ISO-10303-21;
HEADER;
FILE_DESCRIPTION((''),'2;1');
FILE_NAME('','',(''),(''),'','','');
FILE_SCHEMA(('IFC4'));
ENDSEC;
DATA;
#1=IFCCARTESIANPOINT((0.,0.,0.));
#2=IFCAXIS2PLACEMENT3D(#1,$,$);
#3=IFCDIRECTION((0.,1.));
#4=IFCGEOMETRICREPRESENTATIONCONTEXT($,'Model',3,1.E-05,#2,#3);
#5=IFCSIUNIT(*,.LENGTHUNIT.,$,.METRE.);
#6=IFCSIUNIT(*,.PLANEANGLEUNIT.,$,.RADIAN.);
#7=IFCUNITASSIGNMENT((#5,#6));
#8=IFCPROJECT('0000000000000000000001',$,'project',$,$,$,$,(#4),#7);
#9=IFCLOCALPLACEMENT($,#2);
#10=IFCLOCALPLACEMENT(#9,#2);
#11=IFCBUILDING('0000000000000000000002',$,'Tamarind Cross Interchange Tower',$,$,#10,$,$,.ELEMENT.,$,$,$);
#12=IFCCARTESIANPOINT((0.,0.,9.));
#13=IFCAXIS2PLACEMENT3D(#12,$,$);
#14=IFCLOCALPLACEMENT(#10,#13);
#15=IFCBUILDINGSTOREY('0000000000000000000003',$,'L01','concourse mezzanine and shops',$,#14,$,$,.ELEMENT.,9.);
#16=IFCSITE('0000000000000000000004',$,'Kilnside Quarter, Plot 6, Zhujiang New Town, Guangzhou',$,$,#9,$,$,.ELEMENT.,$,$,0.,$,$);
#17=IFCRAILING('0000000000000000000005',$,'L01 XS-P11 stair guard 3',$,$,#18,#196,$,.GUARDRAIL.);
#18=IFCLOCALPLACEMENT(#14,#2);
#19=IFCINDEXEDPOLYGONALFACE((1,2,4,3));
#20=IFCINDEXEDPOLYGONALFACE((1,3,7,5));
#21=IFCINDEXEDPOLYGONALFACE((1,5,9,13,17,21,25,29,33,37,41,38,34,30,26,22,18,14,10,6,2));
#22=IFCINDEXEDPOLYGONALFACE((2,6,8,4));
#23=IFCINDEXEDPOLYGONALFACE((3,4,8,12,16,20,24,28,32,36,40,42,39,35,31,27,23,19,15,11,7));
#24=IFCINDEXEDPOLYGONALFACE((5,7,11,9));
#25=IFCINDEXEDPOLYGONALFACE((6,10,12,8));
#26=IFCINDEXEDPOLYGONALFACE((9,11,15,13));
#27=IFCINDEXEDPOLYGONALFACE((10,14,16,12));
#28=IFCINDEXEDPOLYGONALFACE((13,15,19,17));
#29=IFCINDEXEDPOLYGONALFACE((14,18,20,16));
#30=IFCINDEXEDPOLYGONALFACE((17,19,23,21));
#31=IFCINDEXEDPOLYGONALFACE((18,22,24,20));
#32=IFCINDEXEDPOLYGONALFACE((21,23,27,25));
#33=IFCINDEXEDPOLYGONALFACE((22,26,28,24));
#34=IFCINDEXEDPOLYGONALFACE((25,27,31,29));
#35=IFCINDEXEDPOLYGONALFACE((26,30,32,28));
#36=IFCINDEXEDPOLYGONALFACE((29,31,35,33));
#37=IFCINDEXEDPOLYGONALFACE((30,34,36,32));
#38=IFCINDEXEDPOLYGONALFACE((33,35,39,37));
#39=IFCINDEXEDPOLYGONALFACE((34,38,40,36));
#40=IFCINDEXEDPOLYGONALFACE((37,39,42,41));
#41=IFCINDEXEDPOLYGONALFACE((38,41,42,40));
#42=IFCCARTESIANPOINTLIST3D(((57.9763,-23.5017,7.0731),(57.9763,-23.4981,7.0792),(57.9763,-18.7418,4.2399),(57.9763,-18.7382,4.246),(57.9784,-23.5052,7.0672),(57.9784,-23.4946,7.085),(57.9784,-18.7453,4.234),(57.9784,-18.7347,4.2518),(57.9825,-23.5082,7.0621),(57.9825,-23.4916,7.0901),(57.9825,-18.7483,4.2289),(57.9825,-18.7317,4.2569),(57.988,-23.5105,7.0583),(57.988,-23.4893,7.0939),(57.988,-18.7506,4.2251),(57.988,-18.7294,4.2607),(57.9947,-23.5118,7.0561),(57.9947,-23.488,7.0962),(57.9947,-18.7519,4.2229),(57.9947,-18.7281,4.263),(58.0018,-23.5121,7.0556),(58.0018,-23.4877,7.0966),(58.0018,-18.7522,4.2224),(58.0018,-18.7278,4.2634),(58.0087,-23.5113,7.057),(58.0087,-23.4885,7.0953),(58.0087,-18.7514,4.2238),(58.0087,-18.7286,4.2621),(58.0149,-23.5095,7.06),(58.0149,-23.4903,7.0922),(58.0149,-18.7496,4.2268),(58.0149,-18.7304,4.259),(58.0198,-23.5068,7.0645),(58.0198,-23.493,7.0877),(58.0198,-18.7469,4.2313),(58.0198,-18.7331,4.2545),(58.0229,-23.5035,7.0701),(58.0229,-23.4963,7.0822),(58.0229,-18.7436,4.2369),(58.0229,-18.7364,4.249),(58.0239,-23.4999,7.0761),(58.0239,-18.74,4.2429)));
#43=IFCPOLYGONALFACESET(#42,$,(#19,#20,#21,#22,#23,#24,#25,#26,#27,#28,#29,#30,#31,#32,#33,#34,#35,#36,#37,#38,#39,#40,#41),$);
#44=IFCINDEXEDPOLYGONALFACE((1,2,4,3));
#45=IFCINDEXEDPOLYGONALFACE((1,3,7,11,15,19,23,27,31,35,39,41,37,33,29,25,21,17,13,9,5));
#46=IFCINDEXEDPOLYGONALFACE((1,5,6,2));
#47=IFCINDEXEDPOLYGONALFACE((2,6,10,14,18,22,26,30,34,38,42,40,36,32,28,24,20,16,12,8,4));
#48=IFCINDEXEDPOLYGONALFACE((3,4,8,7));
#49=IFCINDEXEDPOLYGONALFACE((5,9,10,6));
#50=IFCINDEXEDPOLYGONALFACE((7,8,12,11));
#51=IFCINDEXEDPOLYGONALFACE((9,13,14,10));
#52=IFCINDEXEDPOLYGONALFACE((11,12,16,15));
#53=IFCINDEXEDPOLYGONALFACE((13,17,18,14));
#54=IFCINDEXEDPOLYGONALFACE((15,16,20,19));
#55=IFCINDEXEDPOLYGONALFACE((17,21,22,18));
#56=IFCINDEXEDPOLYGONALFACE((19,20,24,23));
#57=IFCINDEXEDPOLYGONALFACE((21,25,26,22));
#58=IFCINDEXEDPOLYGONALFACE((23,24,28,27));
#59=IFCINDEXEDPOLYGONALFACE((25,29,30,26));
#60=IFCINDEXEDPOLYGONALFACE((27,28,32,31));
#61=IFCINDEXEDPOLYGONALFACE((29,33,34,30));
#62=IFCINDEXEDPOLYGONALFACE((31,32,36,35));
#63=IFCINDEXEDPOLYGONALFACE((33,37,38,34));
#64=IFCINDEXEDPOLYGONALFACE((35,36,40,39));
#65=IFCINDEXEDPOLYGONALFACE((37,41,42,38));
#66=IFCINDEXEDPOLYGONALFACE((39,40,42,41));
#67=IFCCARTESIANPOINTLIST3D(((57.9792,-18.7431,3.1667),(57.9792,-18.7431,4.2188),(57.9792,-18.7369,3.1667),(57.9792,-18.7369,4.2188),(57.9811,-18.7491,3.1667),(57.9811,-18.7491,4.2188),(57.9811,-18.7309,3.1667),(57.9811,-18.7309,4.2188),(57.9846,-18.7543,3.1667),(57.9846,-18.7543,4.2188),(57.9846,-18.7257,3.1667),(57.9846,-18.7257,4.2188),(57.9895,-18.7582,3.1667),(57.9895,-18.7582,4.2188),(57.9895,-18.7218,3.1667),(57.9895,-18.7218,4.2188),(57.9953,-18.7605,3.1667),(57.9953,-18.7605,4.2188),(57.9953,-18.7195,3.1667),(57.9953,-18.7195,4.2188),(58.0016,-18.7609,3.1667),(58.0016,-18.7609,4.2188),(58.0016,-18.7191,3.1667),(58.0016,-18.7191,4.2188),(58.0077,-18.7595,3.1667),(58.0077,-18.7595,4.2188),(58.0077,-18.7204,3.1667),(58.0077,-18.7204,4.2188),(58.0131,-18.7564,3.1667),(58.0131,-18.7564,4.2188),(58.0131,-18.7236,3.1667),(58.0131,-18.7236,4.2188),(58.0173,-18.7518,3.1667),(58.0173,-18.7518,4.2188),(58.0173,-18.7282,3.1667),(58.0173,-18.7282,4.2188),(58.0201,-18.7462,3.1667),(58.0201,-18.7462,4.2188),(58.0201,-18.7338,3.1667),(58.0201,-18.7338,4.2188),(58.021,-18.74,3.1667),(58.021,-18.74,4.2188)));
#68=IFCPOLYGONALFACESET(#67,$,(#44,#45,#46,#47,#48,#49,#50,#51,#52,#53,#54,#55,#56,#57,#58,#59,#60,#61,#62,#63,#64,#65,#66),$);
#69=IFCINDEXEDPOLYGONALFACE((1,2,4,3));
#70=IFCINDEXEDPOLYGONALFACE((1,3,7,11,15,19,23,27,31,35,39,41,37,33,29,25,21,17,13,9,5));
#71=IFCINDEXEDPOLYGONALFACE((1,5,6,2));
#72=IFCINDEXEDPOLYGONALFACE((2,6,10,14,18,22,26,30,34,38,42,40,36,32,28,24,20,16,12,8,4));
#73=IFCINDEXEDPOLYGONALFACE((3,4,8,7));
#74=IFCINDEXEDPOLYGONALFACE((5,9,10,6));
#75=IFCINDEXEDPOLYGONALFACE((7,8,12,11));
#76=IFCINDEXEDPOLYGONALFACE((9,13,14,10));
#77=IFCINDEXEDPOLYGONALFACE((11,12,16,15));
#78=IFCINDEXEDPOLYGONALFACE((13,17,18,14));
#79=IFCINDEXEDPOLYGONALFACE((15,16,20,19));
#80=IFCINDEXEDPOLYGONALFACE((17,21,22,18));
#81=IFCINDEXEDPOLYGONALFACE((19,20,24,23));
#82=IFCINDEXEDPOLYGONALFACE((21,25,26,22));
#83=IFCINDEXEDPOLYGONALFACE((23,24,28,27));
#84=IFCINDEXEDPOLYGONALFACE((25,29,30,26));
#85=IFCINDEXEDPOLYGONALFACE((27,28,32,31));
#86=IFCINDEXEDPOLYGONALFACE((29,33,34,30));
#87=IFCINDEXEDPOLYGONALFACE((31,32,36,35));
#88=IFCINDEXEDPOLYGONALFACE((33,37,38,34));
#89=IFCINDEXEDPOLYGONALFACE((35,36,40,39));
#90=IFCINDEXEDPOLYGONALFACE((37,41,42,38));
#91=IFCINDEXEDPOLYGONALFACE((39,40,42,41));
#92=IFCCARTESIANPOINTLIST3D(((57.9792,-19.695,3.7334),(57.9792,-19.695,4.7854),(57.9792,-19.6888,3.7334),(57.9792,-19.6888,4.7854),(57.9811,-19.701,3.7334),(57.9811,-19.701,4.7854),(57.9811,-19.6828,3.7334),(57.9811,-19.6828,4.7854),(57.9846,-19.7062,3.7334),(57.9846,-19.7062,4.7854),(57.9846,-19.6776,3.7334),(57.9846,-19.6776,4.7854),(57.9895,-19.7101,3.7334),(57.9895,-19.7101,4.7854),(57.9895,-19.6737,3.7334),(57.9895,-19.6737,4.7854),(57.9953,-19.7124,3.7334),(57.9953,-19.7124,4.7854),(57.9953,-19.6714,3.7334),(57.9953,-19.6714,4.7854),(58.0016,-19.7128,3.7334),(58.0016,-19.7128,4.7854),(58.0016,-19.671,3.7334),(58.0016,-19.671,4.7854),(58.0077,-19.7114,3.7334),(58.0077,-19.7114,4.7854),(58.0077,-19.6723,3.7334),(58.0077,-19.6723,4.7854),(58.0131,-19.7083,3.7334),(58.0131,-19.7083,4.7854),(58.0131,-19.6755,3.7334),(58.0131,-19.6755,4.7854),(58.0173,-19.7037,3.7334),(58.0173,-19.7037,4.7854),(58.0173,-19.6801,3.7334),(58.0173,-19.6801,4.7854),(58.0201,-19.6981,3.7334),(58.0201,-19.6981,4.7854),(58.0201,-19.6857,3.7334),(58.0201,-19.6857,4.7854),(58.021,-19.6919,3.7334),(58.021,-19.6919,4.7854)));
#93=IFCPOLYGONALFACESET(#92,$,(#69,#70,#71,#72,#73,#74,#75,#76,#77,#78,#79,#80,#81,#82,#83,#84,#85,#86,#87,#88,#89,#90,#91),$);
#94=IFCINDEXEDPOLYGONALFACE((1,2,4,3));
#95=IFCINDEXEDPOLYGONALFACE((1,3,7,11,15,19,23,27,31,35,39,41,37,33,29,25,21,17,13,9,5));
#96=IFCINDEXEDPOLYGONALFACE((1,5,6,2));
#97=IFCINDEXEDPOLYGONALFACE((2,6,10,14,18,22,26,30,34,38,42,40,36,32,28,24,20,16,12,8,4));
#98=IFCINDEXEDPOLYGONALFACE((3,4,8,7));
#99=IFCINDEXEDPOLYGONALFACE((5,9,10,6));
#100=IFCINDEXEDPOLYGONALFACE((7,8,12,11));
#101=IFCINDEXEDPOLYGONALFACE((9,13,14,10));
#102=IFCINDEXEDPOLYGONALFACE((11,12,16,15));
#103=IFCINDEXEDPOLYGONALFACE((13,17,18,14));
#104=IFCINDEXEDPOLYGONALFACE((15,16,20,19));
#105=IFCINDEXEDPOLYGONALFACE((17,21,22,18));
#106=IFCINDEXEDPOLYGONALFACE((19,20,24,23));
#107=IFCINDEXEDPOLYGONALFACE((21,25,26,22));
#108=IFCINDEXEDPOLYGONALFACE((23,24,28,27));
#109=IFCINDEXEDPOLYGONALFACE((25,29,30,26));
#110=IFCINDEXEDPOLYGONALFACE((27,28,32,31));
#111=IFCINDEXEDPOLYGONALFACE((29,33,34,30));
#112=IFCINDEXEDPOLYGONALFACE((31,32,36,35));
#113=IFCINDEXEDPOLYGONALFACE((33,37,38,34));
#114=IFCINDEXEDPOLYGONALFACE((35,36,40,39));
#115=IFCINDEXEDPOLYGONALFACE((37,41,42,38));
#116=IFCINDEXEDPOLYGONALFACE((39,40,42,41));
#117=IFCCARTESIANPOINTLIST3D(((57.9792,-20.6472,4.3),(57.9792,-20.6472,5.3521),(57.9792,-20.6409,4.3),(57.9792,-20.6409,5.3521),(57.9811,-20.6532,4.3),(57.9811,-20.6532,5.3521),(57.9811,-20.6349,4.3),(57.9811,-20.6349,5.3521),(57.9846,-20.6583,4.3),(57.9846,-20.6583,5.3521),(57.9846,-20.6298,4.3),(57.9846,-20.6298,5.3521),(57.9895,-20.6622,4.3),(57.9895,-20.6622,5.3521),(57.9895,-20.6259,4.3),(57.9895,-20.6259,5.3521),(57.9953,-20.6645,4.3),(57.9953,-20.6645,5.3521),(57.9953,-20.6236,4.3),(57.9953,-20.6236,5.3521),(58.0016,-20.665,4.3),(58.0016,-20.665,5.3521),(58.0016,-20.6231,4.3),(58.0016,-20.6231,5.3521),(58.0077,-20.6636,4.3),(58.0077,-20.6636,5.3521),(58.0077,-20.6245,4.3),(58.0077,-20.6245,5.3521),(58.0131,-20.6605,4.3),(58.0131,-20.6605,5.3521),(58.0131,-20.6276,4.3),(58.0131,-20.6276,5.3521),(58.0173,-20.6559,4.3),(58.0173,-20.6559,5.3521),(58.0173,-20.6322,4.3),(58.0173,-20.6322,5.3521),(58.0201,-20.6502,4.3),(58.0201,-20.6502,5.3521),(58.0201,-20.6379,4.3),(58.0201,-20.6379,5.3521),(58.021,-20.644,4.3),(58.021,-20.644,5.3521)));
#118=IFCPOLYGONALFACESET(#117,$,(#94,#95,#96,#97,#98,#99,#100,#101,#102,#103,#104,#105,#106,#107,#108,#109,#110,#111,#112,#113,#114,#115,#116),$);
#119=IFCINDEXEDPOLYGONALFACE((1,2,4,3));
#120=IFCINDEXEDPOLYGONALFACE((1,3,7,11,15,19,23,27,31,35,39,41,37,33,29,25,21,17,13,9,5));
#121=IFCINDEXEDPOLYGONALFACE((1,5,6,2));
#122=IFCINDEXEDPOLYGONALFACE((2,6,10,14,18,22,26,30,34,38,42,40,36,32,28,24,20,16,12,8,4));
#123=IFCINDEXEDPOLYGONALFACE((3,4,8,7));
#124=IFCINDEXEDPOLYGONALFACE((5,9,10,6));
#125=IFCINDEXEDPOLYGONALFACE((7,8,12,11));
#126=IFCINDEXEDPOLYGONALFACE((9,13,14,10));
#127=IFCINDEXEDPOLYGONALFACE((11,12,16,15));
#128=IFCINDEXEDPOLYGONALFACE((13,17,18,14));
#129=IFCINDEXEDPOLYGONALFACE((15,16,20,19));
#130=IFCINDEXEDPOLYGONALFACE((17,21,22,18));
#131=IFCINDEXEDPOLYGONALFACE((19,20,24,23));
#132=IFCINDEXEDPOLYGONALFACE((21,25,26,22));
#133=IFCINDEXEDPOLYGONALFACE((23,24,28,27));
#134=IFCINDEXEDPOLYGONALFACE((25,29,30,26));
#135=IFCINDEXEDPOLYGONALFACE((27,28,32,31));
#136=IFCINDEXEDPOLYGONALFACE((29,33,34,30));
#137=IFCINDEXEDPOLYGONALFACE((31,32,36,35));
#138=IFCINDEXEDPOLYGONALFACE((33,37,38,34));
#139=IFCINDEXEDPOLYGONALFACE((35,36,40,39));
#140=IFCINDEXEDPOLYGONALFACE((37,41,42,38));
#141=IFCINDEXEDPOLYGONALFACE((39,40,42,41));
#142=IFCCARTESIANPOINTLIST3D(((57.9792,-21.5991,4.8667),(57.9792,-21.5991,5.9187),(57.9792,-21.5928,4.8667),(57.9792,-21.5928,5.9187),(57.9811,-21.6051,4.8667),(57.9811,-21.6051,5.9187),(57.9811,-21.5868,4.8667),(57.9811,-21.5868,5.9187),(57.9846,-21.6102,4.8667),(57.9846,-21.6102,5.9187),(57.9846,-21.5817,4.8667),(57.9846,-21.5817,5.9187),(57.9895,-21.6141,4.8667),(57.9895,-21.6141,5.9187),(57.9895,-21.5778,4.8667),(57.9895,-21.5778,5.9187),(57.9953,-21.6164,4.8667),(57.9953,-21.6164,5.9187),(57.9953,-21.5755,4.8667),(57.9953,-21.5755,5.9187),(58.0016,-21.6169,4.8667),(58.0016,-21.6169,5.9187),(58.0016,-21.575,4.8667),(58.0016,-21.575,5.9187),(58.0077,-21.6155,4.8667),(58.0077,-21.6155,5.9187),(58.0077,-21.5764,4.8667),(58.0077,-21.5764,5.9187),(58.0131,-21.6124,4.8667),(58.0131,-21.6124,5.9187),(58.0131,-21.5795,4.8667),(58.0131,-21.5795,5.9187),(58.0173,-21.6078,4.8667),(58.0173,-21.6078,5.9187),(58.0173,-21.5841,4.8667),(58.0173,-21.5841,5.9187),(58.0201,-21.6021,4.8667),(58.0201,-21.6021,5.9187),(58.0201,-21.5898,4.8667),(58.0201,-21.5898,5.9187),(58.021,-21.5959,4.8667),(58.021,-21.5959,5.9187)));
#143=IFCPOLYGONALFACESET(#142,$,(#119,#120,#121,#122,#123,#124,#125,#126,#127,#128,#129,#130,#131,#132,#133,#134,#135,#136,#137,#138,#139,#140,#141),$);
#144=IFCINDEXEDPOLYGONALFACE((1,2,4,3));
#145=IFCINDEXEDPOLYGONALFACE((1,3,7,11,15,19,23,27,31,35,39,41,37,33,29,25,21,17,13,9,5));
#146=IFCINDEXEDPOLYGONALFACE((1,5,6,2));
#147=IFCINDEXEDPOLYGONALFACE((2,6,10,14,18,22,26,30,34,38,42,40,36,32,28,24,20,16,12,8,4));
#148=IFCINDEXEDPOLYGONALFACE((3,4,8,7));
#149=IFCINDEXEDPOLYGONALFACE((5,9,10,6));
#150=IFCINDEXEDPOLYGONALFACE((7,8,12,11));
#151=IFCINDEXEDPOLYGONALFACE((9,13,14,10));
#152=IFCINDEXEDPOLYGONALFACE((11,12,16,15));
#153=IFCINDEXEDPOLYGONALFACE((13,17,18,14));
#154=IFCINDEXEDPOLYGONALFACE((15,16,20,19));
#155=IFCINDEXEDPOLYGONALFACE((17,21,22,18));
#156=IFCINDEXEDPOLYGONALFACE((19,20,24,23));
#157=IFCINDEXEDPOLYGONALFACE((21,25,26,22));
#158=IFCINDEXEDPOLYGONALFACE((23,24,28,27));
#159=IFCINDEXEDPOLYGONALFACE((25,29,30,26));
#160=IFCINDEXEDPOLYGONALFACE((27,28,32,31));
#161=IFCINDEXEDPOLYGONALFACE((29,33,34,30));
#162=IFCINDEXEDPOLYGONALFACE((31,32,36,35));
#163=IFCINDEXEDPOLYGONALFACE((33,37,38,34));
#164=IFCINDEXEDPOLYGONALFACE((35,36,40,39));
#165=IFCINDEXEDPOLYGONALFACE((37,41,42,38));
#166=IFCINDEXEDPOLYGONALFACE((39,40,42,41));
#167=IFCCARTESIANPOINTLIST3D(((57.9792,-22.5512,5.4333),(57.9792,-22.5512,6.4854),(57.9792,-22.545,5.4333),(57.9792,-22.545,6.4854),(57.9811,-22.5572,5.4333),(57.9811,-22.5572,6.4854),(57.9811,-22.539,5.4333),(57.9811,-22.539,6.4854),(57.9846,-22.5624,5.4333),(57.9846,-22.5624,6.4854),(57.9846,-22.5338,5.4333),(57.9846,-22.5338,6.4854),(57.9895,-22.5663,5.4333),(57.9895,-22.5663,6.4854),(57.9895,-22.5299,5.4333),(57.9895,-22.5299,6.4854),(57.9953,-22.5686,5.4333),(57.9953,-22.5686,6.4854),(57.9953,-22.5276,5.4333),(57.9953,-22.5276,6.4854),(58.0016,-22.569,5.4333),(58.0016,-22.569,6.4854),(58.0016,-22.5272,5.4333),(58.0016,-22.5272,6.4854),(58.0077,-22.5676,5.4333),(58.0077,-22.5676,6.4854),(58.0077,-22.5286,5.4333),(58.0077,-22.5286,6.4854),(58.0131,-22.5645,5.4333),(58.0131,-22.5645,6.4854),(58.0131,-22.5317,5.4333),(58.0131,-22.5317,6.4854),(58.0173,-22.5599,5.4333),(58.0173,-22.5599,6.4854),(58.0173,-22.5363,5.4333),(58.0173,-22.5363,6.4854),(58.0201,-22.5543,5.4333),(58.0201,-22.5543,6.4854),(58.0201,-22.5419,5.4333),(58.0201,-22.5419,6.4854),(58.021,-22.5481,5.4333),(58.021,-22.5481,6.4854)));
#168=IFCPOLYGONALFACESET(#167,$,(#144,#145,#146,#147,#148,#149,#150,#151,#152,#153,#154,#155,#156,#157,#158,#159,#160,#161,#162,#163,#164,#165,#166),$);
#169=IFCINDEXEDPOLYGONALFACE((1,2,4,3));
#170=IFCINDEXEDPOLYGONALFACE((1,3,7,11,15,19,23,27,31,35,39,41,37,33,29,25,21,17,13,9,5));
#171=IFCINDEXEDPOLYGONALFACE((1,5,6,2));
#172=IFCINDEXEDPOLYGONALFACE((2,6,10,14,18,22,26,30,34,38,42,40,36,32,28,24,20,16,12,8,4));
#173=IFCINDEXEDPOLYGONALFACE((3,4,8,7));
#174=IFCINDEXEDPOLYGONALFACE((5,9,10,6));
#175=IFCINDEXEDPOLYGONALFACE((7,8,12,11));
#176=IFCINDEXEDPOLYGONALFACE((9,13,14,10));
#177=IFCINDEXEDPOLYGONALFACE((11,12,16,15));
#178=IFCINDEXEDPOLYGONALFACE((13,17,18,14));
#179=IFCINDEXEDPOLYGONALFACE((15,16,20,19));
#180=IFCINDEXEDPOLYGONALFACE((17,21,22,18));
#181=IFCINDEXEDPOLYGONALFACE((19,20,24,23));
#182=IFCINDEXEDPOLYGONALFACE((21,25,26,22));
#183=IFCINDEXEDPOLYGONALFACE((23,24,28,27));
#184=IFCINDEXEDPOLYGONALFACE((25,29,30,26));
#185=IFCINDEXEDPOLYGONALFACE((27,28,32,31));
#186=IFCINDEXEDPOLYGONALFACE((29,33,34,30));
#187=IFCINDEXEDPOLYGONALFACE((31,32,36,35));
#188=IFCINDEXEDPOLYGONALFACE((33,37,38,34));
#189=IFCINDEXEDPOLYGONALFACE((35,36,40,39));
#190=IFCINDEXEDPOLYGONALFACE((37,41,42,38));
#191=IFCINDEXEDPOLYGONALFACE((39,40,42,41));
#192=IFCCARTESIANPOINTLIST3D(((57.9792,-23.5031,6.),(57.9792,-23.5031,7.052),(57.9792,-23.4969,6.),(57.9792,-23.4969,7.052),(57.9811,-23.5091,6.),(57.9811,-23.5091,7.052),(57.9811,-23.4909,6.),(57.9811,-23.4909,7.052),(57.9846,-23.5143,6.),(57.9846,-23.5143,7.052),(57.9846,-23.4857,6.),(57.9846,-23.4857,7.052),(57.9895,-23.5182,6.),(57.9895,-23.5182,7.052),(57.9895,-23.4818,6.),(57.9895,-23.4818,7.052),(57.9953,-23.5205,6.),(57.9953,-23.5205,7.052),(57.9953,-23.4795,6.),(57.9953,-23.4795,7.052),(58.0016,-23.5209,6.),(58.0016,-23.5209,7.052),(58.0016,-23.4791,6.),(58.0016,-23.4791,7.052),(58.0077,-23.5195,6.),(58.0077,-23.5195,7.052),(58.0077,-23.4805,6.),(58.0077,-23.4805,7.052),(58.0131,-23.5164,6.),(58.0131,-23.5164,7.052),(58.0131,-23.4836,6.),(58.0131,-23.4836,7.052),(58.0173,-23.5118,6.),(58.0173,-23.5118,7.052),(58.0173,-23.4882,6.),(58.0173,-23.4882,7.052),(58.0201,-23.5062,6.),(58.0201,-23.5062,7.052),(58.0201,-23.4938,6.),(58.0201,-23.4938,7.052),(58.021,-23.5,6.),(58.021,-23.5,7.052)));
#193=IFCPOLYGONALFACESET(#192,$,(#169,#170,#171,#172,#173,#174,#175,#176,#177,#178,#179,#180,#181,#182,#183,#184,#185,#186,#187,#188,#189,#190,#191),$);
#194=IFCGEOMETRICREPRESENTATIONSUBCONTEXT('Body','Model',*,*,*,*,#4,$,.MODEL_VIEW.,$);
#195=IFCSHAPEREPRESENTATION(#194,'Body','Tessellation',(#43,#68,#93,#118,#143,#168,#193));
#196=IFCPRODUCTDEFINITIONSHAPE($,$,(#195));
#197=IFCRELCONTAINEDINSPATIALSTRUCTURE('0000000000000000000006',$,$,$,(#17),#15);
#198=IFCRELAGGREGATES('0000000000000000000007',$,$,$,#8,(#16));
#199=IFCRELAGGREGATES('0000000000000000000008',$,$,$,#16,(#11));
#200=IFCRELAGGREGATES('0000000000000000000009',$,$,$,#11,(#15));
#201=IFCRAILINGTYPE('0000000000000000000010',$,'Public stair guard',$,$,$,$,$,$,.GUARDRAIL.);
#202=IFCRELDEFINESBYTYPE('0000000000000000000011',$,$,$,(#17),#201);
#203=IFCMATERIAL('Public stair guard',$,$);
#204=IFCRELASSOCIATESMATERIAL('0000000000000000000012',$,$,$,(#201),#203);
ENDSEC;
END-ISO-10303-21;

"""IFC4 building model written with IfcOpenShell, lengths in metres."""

from ifc_helpers import new_model, si_unit, direction, frame, origin, origin_2d, place, context, subcontext, project, spatial, circle, extrude, material, type_object, element, save


model = new_model("IFC4")

# Units and contexts
model_context = context("Model", 3, precision=1e-05, world=origin(), true_north=direction((0.0, 1.0)))
body_context = subcontext(model_context, "Body", "Model", "MODEL_VIEW")
ifc_project = project(units=[si_unit("LENGTHUNIT", "METRE"), si_unit("PLANEANGLEUNIT", "RADIAN")], contexts=[model_context])

# Site, building, storey
site_placement = place(None, origin())
site = spatial("IfcSite", under=ifc_project, at=site_placement, Name="Kilnside Quarter, Plot 6, Zhujiang New Town, Guangzhou", CompositionType="ELEMENT", RefElevation=0.0)
building_placement = place(site_placement, origin())
building = spatial("IfcBuilding", under=site, at=building_placement, Name="Tamarind Cross Interchange Tower", CompositionType="ELEMENT")
storey_placement = place(building_placement, frame((0.0, 0.0, 9.0)))
storey = spatial("IfcBuildingStorey", under=building, at=storey_placement, Name="L01", Description="concourse mezzanine and shops", CompositionType="ELEMENT", Elevation=9.0)

# Railing
ifc_material_1 = material(Name="Public stair guard")
railing_type_1 = type_object("IfcRailingType", Name="Public stair guard", PredefinedType="GUARDRAIL", material=ifc_material_1)
railing_1_placement = place(storey_placement, frame((58.0, -18.74, 3.1667)))
element("IfcRailing", 1, at=railing_1_placement, inside=storey, type_object=railing_type_1, Name="L01 XS-P11 stair guard 3", PredefinedType="GUARDRAIL", context=body_context, shape_type="SweptSolid", body=[
    extrude(circle(Radius=0.0239, at=origin_2d()), frame((0.0, 0.0, 1.0762), z_axis=(0.0, -0.8593, 0.511472), x_axis=(1.0, 0.0, 0.0)), (0.0, 0.0, 1.0), 5.5393),
    extrude(circle(Radius=0.021, at=origin_2d()), origin(), (0.0, 0.0, 1.0), 1.052),
    extrude(circle(Radius=0.021, at=origin_2d()), frame((0.0, -0.9519, 0.5667)), (0.0, 0.0, 1.0), 1.052),
    extrude(circle(Radius=0.021, at=origin_2d()), frame((0.0, -1.9041, 1.1333)), (0.0, 0.0, 1.0), 1.052),
    extrude(circle(Radius=0.021, at=origin_2d()), frame((0.0, -2.856, 1.7)), (0.0, 0.0, 1.0), 1.052),
    extrude(circle(Radius=0.021, at=origin_2d()), frame((0.0, -3.8081, 2.2666)), (0.0, 0.0, 1.0), 1.052),
    extrude(circle(Radius=0.021, at=origin_2d()), frame((0.0, -4.76, 2.8333)), (0.0, 0.0, 1.0), 1.052),
])

save(model, "model.ifc")
